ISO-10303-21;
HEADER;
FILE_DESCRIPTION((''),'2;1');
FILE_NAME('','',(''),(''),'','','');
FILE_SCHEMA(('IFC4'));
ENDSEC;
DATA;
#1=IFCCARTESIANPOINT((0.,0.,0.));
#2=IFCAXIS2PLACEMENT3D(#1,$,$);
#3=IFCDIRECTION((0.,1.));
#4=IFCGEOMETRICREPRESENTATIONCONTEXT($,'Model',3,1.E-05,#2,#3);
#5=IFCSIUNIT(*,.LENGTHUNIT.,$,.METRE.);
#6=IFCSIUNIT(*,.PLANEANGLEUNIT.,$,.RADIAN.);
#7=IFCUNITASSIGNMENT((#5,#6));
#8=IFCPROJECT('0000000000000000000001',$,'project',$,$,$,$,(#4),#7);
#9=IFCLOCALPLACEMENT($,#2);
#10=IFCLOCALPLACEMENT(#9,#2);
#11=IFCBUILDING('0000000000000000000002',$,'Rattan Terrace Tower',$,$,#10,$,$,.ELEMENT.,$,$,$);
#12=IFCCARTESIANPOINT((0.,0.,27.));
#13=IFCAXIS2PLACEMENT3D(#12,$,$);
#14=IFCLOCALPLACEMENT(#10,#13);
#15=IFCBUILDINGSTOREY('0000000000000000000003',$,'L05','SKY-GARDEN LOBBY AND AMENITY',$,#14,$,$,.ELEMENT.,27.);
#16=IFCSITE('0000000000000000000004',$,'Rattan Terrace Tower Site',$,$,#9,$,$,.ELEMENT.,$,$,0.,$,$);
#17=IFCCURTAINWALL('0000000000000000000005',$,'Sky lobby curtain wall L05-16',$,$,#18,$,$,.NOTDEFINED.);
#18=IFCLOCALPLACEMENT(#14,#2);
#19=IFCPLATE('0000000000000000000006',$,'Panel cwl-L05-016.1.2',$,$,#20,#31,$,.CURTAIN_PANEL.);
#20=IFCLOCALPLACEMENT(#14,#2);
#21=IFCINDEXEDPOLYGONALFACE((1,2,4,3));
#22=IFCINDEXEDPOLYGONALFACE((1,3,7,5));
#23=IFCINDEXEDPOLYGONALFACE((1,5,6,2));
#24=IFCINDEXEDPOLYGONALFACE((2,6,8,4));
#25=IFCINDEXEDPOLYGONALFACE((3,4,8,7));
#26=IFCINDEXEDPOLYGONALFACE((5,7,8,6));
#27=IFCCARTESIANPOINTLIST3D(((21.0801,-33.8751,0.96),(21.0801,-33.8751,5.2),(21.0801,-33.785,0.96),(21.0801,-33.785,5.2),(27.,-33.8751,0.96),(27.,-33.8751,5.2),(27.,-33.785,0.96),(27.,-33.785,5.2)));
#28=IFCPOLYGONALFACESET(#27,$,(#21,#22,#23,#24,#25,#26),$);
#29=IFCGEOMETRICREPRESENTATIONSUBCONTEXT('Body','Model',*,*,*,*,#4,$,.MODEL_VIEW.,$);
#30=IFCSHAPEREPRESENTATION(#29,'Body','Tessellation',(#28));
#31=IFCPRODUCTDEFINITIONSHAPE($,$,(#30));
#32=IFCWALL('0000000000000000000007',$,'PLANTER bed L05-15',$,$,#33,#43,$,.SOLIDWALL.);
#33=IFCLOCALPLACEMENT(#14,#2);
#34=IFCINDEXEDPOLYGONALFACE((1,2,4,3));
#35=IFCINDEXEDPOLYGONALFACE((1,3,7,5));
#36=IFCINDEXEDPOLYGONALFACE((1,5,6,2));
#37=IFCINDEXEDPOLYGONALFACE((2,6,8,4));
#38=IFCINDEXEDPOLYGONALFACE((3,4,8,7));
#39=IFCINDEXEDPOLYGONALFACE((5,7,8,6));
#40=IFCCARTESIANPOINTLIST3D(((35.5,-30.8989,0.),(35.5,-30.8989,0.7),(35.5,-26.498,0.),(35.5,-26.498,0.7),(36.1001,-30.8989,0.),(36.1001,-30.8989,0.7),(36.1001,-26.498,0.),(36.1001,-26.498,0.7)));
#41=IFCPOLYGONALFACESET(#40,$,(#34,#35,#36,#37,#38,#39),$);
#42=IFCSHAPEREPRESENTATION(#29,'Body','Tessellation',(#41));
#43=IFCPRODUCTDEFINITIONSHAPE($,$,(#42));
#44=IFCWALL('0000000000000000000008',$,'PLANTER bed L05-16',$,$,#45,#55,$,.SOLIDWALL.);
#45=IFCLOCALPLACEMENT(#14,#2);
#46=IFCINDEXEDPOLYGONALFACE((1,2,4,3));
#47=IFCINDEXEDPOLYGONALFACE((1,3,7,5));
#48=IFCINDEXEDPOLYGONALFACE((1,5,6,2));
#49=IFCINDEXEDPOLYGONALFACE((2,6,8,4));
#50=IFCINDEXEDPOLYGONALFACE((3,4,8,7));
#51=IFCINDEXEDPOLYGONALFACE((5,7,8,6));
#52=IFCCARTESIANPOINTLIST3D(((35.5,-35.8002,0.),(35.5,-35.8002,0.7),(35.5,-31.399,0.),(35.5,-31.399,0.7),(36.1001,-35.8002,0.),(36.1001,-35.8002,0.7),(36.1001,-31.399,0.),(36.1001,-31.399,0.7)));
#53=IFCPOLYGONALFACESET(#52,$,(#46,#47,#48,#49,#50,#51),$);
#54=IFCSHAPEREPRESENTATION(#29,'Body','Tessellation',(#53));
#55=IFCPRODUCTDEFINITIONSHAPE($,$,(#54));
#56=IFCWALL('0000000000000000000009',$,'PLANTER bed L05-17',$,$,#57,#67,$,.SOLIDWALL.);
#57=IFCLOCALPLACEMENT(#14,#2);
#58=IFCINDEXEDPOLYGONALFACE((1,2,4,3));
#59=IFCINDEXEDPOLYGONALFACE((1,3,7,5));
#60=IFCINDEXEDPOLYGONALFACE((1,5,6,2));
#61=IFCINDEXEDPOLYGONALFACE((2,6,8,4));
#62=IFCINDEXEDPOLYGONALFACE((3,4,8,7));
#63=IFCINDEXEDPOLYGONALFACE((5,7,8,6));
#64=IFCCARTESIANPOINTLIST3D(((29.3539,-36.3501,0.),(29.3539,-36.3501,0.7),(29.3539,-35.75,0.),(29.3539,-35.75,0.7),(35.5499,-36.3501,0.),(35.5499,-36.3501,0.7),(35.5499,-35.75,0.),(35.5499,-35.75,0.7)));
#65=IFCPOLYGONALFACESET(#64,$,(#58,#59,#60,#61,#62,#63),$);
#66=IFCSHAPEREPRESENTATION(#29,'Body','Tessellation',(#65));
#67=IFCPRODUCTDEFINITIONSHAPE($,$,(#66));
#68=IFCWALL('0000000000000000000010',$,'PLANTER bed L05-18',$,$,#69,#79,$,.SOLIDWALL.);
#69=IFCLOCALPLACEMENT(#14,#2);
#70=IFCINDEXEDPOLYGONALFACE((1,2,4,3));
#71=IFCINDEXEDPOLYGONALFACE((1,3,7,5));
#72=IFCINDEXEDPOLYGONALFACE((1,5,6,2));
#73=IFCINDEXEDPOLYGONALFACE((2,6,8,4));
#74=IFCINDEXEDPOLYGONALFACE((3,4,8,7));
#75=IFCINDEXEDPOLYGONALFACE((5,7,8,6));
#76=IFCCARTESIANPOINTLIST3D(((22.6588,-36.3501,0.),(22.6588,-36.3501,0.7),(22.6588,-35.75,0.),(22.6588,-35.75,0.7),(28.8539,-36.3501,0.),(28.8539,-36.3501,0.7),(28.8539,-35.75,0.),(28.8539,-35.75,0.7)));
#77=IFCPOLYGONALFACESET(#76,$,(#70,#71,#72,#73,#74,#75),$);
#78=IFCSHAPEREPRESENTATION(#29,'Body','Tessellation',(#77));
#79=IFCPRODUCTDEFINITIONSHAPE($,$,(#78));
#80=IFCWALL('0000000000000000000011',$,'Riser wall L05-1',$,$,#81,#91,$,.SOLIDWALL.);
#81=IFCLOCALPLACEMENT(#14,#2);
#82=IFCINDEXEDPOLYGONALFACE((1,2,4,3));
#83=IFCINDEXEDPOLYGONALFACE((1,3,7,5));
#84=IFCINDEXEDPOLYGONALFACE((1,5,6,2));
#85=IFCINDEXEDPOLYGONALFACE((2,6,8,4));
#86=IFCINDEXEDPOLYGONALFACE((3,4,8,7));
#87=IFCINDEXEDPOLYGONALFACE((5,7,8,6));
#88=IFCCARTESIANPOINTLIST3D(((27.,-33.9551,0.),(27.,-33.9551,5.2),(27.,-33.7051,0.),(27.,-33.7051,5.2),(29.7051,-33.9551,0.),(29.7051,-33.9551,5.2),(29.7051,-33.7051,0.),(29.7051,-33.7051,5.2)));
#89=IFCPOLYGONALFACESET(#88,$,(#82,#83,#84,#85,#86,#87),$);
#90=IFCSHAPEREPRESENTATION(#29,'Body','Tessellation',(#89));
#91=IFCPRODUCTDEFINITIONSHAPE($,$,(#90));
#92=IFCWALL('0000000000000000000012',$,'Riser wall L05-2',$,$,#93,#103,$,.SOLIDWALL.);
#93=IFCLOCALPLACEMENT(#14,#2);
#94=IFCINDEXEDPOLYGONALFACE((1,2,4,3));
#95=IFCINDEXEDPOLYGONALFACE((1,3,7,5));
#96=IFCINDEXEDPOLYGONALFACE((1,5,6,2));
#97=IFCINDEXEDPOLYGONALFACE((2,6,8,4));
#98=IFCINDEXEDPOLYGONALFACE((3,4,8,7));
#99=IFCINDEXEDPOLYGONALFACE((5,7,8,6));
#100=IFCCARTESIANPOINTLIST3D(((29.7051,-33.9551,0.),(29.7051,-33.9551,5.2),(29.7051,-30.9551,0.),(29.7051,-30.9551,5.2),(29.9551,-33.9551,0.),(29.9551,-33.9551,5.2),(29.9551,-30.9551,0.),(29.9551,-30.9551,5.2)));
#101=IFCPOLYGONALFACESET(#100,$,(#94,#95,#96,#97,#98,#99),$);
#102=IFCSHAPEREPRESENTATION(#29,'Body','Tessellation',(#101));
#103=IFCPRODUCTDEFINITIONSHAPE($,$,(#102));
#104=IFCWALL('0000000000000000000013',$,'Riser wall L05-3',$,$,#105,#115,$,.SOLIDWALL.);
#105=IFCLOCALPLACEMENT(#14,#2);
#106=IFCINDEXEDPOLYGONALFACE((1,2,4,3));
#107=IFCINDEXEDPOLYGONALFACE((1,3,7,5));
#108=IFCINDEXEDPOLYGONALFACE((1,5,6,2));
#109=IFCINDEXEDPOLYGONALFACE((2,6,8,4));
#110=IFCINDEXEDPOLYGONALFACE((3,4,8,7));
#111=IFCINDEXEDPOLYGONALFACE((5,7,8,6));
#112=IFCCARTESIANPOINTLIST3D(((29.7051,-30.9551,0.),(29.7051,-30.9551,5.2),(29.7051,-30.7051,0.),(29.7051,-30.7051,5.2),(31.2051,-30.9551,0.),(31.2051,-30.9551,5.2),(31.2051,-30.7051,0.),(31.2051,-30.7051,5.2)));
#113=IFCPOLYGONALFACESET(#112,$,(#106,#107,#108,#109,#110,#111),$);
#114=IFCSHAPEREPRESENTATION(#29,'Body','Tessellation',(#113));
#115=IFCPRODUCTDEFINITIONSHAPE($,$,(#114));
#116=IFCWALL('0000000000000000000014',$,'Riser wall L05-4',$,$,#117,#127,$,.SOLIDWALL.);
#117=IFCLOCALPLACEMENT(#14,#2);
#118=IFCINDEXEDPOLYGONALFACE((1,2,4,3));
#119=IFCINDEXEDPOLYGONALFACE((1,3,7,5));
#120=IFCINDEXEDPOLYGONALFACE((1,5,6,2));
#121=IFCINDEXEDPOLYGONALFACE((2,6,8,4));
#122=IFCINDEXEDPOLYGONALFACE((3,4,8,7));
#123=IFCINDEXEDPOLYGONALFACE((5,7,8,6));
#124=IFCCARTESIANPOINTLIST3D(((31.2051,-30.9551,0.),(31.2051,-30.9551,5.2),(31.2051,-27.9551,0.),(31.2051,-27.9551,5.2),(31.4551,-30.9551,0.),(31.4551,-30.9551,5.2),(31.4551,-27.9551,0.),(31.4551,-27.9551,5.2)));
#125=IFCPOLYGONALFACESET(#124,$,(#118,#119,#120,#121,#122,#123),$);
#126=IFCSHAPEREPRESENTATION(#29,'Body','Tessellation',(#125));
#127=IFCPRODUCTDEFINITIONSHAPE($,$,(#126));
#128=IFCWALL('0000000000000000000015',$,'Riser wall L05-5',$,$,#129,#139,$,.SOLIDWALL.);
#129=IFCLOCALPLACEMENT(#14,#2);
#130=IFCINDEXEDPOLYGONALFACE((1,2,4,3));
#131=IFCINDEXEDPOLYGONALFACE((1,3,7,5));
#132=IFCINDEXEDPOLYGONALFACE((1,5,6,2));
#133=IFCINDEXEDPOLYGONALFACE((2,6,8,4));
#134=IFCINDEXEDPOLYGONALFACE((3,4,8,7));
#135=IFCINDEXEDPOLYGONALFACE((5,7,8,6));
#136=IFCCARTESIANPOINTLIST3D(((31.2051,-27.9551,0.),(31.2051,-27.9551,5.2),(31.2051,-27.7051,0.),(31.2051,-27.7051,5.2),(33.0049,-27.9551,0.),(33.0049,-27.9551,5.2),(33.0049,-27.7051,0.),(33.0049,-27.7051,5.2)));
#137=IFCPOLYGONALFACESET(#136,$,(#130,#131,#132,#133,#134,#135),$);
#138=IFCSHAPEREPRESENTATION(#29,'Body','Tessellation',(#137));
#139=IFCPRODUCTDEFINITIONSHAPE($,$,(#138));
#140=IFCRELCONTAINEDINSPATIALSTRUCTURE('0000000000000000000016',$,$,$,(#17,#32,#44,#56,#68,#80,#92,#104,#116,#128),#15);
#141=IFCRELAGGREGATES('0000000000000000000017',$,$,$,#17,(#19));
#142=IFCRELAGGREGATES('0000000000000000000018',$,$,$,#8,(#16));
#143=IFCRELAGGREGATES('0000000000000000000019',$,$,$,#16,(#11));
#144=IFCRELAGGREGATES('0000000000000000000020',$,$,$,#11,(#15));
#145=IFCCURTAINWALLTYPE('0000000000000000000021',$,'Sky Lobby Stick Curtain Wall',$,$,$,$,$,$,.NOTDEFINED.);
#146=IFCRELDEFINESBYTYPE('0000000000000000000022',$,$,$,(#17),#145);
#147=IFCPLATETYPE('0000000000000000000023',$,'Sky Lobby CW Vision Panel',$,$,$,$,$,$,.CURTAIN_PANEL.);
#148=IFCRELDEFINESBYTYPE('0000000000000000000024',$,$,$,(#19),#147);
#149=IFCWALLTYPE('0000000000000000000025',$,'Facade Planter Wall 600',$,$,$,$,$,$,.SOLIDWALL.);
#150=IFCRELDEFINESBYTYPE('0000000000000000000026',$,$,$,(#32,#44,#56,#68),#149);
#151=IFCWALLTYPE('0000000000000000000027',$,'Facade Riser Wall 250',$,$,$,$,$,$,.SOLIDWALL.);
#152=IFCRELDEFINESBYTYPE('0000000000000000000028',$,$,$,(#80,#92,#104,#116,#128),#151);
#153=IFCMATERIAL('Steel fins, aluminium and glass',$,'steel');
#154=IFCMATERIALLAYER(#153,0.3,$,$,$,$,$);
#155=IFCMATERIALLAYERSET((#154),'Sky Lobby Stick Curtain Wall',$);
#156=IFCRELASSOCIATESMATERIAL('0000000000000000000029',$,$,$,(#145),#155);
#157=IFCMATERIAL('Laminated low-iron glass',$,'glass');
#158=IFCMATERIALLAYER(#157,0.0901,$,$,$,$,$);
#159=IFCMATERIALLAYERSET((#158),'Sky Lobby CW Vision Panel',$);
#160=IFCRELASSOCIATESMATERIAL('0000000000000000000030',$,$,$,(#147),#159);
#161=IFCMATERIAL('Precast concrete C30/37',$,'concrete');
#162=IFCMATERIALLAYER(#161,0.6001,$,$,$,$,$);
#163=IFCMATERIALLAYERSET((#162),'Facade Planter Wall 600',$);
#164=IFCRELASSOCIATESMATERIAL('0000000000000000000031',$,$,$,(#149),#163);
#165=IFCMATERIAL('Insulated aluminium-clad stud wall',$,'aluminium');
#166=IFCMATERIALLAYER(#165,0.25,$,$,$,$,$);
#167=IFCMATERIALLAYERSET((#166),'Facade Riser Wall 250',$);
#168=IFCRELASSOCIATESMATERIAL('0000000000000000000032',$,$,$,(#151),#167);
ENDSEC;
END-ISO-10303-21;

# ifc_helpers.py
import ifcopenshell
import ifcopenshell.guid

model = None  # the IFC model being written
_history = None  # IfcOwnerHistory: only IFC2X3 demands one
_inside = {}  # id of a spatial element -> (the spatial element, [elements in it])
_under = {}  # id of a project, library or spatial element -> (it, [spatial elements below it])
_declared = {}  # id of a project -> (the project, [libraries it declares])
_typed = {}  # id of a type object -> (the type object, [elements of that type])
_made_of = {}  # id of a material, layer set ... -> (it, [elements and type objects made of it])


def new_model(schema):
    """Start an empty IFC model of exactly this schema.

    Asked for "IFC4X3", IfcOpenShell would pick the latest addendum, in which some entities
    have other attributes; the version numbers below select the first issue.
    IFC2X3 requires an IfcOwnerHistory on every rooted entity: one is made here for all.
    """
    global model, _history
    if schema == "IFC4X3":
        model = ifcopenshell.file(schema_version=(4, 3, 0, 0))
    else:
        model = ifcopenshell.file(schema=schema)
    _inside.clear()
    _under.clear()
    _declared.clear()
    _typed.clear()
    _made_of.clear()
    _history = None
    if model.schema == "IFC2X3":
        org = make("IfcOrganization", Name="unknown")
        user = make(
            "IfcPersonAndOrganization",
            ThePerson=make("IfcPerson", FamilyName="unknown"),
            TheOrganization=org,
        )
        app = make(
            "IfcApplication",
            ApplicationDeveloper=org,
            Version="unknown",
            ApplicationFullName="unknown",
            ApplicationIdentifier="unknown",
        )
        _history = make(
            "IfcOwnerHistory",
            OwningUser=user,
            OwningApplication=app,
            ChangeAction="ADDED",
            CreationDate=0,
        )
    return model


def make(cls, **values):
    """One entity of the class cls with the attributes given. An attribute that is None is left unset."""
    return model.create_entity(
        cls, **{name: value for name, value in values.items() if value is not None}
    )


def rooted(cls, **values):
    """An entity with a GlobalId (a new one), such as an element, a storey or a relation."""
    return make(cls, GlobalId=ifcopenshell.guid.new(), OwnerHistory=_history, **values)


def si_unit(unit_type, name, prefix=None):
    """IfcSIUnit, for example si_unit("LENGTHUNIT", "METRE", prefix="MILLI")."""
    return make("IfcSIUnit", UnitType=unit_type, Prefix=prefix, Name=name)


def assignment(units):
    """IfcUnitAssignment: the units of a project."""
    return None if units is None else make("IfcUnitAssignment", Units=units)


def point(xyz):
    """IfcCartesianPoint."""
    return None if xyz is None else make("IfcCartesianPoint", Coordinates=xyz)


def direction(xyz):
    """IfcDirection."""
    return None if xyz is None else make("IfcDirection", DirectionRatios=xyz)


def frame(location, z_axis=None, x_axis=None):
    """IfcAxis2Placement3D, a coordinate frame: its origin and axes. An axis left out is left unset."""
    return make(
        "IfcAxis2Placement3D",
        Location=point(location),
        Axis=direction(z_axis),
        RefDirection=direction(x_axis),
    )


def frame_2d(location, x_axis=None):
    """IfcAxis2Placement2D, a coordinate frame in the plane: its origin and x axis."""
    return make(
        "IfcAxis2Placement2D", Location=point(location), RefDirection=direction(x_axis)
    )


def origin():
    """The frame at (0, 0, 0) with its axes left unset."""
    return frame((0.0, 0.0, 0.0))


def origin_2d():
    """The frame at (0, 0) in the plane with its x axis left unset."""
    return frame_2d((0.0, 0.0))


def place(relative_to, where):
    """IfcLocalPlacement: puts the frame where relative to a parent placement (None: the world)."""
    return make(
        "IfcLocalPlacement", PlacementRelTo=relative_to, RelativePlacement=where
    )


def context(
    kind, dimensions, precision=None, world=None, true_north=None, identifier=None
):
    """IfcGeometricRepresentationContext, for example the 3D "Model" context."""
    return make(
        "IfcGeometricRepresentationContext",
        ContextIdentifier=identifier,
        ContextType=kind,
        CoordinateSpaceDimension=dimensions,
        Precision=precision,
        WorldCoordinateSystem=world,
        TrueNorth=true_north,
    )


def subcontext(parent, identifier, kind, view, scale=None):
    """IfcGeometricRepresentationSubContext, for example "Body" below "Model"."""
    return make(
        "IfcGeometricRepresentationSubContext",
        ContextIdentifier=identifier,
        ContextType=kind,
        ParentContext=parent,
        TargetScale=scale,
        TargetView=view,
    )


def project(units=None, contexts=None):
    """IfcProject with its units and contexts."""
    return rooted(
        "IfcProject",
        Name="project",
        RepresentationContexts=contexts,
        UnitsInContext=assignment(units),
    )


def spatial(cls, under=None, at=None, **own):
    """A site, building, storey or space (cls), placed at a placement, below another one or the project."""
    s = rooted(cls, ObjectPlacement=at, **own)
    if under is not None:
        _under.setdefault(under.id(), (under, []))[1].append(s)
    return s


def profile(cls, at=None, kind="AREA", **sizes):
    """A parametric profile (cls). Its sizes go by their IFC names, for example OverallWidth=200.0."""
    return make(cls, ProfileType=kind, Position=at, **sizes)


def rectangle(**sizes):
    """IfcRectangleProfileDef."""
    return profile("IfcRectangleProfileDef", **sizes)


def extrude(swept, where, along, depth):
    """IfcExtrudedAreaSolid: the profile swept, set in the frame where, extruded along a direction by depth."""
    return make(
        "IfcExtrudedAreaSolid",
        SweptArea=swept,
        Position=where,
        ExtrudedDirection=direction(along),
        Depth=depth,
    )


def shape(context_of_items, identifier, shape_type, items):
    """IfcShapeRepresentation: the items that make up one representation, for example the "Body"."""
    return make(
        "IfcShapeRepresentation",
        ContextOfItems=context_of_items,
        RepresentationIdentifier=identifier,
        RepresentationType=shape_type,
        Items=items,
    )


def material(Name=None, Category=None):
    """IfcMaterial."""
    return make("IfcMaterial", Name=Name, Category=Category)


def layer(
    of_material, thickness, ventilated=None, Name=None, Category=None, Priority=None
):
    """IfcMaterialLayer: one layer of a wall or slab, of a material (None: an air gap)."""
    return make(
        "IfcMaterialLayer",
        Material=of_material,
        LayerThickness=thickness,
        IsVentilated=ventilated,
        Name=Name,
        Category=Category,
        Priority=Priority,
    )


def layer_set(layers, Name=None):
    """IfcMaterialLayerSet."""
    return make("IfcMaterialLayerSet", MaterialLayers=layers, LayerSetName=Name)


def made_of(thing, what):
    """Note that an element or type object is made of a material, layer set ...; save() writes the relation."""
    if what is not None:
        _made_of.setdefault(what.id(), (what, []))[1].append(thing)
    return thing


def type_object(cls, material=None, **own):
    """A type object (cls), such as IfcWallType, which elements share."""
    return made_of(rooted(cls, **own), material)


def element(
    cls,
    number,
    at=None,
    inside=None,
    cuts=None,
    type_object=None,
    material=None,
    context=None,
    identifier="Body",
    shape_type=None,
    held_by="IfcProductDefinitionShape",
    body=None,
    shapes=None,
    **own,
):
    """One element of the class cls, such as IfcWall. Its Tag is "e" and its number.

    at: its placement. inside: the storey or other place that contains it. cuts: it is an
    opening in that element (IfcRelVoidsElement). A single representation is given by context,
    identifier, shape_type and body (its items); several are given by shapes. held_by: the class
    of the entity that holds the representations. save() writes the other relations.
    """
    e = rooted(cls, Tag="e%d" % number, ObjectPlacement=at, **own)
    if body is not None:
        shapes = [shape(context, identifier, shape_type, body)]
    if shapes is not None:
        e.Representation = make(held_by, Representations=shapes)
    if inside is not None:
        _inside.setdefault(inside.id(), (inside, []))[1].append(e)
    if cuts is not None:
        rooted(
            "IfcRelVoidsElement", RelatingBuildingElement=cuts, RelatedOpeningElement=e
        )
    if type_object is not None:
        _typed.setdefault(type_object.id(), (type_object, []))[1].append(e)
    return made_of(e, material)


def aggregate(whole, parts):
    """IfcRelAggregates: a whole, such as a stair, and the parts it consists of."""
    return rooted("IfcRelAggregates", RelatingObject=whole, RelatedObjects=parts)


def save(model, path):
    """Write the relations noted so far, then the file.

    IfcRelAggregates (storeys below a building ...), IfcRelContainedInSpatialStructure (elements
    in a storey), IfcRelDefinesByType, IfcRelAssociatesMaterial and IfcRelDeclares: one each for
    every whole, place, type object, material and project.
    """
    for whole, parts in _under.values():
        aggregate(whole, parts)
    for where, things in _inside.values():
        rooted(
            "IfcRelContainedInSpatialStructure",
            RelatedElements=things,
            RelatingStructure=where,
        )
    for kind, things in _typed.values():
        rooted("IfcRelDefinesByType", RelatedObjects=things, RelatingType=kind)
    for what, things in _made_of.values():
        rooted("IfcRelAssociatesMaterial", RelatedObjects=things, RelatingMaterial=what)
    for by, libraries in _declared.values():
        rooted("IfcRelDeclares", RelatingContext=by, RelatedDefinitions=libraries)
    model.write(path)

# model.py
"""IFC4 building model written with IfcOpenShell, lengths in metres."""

from ifc_helpers import new_model, si_unit, direction, frame, frame_2d, origin, origin_2d, place, context, subcontext, project, spatial, rectangle, extrude, material, layer, layer_set, type_object, element, aggregate, save


model = new_model("IFC4")

# Units and contexts
model_context = context("Model", 3, precision=1e-05, world=origin(), true_north=direction((0.0, 1.0)))
body_context = subcontext(model_context, "Body", "Model", "MODEL_VIEW")
ifc_project = project(units=[si_unit("LENGTHUNIT", "METRE"), si_unit("PLANEANGLEUNIT", "RADIAN")], contexts=[model_context])

# Site, building, storey
site_placement = place(None, origin())
site = spatial("IfcSite", under=ifc_project, at=site_placement, Name="Rattan Terrace Tower Site", CompositionType="ELEMENT", RefElevation=0.0)
building_placement = place(site_placement, origin())
building = spatial("IfcBuilding", under=site, at=building_placement, Name="Rattan Terrace Tower", CompositionType="ELEMENT")
storey_placement = place(building_placement, frame((0.0, 0.0, 27.0)))
storey = spatial("IfcBuildingStorey", under=building, at=storey_placement, Name="L05", Description="SKY-GARDEN LOBBY AND AMENITY", CompositionType="ELEMENT", Elevation=27.0)

# Shared definitions
ifc_material_1 = material(Name="Steel fins, aluminium and glass", Category="steel")
ifc_layer_1 = layer(ifc_material_1, 0.3)
ifc_layer_set_1 = layer_set([ifc_layer_1], Name="Sky Lobby Stick Curtain Wall")
curtain_wall_type = type_object("IfcCurtainWallType", Name="Sky Lobby Stick Curtain Wall", PredefinedType="NOTDEFINED", material=ifc_layer_set_1)

# Curtain wall
curtain_wall_1_placement = place(storey_placement, origin())
curtain_wall_1 = element("IfcCurtainWall", 1, at=curtain_wall_1_placement, inside=storey, type_object=curtain_wall_type, Name="Sky lobby curtain wall L05-16", PredefinedType="NOTDEFINED")

# Plate
ifc_material_2 = material(Name="Laminated low-iron glass", Category="glass")
ifc_layer_2 = layer(ifc_material_2, 0.0901)
ifc_layer_set_2 = layer_set([ifc_layer_2], Name="Sky Lobby CW Vision Panel")
plate_type_1 = type_object("IfcPlateType", Name="Sky Lobby CW Vision Panel", PredefinedType="CURTAIN_PANEL", material=ifc_layer_set_2)
plate_1_placement = place(storey_placement, frame((24.04, -33.8301, 0.96), z_axis=(0.0, 0.0, 1.0), x_axis=(1.0, 0.0, 0.0)))
plate_1 = element("IfcPlate", 2, at=plate_1_placement, type_object=plate_type_1, Name="Panel cwl-L05-016.1.2", PredefinedType="CURTAIN_PANEL", context=body_context, shape_type="SweptSolid", body=[
    extrude(rectangle(XDim=5.9199, YDim=0.0901, at=origin_2d()), origin(), (0.0, 0.0, 1.0), 4.24),
])
aggregate(curtain_wall_1, [plate_1])

# Walls
ifc_material_3 = material(Name="Precast concrete C30/37", Category="concrete")
ifc_layer_3 = layer(ifc_material_3, 0.6001)
ifc_layer_set_3 = layer_set([ifc_layer_3], Name="Facade Planter Wall 600")
wall_type_1 = type_object("IfcWallType", Name="Facade Planter Wall 600", PredefinedType="SOLIDWALL", material=ifc_layer_set_3)
wall_1_placement = place(storey_placement, frame((35.8, -26.498, 0.0), z_axis=(0.0, 0.0, 1.0), x_axis=(0.0, -1.0, 0.0)))
element("IfcWall", 3, at=wall_1_placement, inside=storey, type_object=wall_type_1, Name="PLANTER bed L05-15", PredefinedType="SOLIDWALL", context=body_context, shape_type="SweptSolid", body=[
    extrude(rectangle(XDim=4.4009, YDim=0.6001, at=frame_2d((2.2004, 0.0))), origin(), (0.0, 0.0, 1.0), 0.7),
])
wall_2_placement = place(storey_placement, frame((35.8, -31.3989, 0.0), z_axis=(0.0, 0.0, 1.0), x_axis=(0.0, -1.0, 0.0)))
element("IfcWall", 4, at=wall_2_placement, inside=storey, type_object=wall_type_1, Name="PLANTER bed L05-16", PredefinedType="SOLIDWALL", context=body_context, shape_type="SweptSolid", body=[
    extrude(rectangle(XDim=4.4011, YDim=0.6001, at=frame_2d((2.2007, 0.0))), origin(), (0.0, 0.0, 1.0), 0.7),
])
wall_3_placement = place(storey_placement, frame((35.55, -36.05, 0.0), z_axis=(0.0, 0.0, 1.0), x_axis=(-1.0, 0.0, 0.0)))
element("IfcWall", 5, at=wall_3_placement, inside=storey, type_object=wall_type_1, Name="PLANTER bed L05-17", PredefinedType="SOLIDWALL", context=body_context, shape_type="SweptSolid", body=[
    extrude(rectangle(XDim=6.196, YDim=0.6001, at=frame_2d((3.0981, 0.0))), origin(), (0.0, 0.0, 1.0), 0.7),
])
wall_4_placement = place(storey_placement, frame((28.854, -36.05, 0.0), z_axis=(0.0, 0.0, 1.0), x_axis=(-1.0, 0.0, 0.0)))
element("IfcWall", 6, at=wall_4_placement, inside=storey, type_object=wall_type_1, Name="PLANTER bed L05-18", PredefinedType="SOLIDWALL", context=body_context, shape_type="SweptSolid", body=[
    extrude(rectangle(XDim=6.1951, YDim=0.6001, at=frame_2d((3.0977, 0.0))), origin(), (0.0, 0.0, 1.0), 0.7),
])
ifc_material_4 = material(Name="Insulated aluminium-clad stud wall", Category="aluminium")
ifc_layer_4 = layer(ifc_material_4, 0.25)
ifc_layer_set_4 = layer_set([ifc_layer_4], Name="Facade Riser Wall 250")
wall_type_2 = type_object("IfcWallType", Name="Facade Riser Wall 250", PredefinedType="SOLIDWALL", material=ifc_layer_set_4)
wall_5_placement = place(storey_placement, frame((27.0, -33.8301, 0.0), z_axis=(0.0, 0.0, 1.0), x_axis=(1.0, 0.0, 0.0)))
element("IfcWall", 7, at=wall_5_placement, inside=storey, type_object=wall_type_2, Name="Riser wall L05-1", PredefinedType="SOLIDWALL", context=body_context, shape_type="SweptSolid", body=[
    extrude(rectangle(XDim=2.7051, YDim=0.25, at=frame_2d((1.3525, 0.0))), origin(), (0.0, 0.0, 1.0), 5.2),
])
wall_6_placement = place(storey_placement, frame((29.8301, -33.9551, 0.0), z_axis=(0.0, 0.0, 1.0), x_axis=(0.0, 1.0, 0.0)))
element("IfcWall", 8, at=wall_6_placement, inside=storey, type_object=wall_type_2, Name="Riser wall L05-2", PredefinedType="SOLIDWALL", context=body_context, shape_type="SweptSolid", body=[
    extrude(rectangle(XDim=3.0, YDim=0.25, at=frame_2d((1.5, 0.0))), origin(), (0.0, 0.0, 1.0), 5.2),
])
wall_7_placement = place(storey_placement, frame((29.7051, -30.8301, 0.0), z_axis=(0.0, 0.0, 1.0), x_axis=(1.0, 0.0, 0.0)))
element("IfcWall", 9, at=wall_7_placement, inside=storey, type_object=wall_type_2, Name="Riser wall L05-3", PredefinedType="SOLIDWALL", context=body_context, shape_type="SweptSolid", body=[
    extrude(rectangle(XDim=1.5, YDim=0.25, at=frame_2d((0.75, 0.0))), origin(), (0.0, 0.0, 1.0), 5.2),
])
wall_8_placement = place(storey_placement, frame((31.3301, -30.9551, 0.0), z_axis=(0.0, 0.0, 1.0), x_axis=(0.0, 1.0, 0.0)))
element("IfcWall", 10, at=wall_8_placement, inside=storey, type_object=wall_type_2, Name="Riser wall L05-4", PredefinedType="SOLIDWALL", context=body_context, shape_type="SweptSolid", body=[
    extrude(rectangle(XDim=3.0, YDim=0.25, at=frame_2d((1.5, 0.0))), origin(), (0.0, 0.0, 1.0), 5.2),
])
wall_9_placement = place(storey_placement, frame((31.2051, -27.8301, 0.0), z_axis=(0.0, 0.0, 1.0), x_axis=(1.0, 0.0, 0.0)))
element("IfcWall", 11, at=wall_9_placement, inside=storey, type_object=wall_type_2, Name="Riser wall L05-5", PredefinedType="SOLIDWALL", context=body_context, shape_type="SweptSolid", body=[
    extrude(rectangle(XDim=1.7998, YDim=0.25, at=frame_2d((0.8999, 0.0))), origin(), (0.0, 0.0, 1.0), 5.2),
])

save(model, "model.ifc")
